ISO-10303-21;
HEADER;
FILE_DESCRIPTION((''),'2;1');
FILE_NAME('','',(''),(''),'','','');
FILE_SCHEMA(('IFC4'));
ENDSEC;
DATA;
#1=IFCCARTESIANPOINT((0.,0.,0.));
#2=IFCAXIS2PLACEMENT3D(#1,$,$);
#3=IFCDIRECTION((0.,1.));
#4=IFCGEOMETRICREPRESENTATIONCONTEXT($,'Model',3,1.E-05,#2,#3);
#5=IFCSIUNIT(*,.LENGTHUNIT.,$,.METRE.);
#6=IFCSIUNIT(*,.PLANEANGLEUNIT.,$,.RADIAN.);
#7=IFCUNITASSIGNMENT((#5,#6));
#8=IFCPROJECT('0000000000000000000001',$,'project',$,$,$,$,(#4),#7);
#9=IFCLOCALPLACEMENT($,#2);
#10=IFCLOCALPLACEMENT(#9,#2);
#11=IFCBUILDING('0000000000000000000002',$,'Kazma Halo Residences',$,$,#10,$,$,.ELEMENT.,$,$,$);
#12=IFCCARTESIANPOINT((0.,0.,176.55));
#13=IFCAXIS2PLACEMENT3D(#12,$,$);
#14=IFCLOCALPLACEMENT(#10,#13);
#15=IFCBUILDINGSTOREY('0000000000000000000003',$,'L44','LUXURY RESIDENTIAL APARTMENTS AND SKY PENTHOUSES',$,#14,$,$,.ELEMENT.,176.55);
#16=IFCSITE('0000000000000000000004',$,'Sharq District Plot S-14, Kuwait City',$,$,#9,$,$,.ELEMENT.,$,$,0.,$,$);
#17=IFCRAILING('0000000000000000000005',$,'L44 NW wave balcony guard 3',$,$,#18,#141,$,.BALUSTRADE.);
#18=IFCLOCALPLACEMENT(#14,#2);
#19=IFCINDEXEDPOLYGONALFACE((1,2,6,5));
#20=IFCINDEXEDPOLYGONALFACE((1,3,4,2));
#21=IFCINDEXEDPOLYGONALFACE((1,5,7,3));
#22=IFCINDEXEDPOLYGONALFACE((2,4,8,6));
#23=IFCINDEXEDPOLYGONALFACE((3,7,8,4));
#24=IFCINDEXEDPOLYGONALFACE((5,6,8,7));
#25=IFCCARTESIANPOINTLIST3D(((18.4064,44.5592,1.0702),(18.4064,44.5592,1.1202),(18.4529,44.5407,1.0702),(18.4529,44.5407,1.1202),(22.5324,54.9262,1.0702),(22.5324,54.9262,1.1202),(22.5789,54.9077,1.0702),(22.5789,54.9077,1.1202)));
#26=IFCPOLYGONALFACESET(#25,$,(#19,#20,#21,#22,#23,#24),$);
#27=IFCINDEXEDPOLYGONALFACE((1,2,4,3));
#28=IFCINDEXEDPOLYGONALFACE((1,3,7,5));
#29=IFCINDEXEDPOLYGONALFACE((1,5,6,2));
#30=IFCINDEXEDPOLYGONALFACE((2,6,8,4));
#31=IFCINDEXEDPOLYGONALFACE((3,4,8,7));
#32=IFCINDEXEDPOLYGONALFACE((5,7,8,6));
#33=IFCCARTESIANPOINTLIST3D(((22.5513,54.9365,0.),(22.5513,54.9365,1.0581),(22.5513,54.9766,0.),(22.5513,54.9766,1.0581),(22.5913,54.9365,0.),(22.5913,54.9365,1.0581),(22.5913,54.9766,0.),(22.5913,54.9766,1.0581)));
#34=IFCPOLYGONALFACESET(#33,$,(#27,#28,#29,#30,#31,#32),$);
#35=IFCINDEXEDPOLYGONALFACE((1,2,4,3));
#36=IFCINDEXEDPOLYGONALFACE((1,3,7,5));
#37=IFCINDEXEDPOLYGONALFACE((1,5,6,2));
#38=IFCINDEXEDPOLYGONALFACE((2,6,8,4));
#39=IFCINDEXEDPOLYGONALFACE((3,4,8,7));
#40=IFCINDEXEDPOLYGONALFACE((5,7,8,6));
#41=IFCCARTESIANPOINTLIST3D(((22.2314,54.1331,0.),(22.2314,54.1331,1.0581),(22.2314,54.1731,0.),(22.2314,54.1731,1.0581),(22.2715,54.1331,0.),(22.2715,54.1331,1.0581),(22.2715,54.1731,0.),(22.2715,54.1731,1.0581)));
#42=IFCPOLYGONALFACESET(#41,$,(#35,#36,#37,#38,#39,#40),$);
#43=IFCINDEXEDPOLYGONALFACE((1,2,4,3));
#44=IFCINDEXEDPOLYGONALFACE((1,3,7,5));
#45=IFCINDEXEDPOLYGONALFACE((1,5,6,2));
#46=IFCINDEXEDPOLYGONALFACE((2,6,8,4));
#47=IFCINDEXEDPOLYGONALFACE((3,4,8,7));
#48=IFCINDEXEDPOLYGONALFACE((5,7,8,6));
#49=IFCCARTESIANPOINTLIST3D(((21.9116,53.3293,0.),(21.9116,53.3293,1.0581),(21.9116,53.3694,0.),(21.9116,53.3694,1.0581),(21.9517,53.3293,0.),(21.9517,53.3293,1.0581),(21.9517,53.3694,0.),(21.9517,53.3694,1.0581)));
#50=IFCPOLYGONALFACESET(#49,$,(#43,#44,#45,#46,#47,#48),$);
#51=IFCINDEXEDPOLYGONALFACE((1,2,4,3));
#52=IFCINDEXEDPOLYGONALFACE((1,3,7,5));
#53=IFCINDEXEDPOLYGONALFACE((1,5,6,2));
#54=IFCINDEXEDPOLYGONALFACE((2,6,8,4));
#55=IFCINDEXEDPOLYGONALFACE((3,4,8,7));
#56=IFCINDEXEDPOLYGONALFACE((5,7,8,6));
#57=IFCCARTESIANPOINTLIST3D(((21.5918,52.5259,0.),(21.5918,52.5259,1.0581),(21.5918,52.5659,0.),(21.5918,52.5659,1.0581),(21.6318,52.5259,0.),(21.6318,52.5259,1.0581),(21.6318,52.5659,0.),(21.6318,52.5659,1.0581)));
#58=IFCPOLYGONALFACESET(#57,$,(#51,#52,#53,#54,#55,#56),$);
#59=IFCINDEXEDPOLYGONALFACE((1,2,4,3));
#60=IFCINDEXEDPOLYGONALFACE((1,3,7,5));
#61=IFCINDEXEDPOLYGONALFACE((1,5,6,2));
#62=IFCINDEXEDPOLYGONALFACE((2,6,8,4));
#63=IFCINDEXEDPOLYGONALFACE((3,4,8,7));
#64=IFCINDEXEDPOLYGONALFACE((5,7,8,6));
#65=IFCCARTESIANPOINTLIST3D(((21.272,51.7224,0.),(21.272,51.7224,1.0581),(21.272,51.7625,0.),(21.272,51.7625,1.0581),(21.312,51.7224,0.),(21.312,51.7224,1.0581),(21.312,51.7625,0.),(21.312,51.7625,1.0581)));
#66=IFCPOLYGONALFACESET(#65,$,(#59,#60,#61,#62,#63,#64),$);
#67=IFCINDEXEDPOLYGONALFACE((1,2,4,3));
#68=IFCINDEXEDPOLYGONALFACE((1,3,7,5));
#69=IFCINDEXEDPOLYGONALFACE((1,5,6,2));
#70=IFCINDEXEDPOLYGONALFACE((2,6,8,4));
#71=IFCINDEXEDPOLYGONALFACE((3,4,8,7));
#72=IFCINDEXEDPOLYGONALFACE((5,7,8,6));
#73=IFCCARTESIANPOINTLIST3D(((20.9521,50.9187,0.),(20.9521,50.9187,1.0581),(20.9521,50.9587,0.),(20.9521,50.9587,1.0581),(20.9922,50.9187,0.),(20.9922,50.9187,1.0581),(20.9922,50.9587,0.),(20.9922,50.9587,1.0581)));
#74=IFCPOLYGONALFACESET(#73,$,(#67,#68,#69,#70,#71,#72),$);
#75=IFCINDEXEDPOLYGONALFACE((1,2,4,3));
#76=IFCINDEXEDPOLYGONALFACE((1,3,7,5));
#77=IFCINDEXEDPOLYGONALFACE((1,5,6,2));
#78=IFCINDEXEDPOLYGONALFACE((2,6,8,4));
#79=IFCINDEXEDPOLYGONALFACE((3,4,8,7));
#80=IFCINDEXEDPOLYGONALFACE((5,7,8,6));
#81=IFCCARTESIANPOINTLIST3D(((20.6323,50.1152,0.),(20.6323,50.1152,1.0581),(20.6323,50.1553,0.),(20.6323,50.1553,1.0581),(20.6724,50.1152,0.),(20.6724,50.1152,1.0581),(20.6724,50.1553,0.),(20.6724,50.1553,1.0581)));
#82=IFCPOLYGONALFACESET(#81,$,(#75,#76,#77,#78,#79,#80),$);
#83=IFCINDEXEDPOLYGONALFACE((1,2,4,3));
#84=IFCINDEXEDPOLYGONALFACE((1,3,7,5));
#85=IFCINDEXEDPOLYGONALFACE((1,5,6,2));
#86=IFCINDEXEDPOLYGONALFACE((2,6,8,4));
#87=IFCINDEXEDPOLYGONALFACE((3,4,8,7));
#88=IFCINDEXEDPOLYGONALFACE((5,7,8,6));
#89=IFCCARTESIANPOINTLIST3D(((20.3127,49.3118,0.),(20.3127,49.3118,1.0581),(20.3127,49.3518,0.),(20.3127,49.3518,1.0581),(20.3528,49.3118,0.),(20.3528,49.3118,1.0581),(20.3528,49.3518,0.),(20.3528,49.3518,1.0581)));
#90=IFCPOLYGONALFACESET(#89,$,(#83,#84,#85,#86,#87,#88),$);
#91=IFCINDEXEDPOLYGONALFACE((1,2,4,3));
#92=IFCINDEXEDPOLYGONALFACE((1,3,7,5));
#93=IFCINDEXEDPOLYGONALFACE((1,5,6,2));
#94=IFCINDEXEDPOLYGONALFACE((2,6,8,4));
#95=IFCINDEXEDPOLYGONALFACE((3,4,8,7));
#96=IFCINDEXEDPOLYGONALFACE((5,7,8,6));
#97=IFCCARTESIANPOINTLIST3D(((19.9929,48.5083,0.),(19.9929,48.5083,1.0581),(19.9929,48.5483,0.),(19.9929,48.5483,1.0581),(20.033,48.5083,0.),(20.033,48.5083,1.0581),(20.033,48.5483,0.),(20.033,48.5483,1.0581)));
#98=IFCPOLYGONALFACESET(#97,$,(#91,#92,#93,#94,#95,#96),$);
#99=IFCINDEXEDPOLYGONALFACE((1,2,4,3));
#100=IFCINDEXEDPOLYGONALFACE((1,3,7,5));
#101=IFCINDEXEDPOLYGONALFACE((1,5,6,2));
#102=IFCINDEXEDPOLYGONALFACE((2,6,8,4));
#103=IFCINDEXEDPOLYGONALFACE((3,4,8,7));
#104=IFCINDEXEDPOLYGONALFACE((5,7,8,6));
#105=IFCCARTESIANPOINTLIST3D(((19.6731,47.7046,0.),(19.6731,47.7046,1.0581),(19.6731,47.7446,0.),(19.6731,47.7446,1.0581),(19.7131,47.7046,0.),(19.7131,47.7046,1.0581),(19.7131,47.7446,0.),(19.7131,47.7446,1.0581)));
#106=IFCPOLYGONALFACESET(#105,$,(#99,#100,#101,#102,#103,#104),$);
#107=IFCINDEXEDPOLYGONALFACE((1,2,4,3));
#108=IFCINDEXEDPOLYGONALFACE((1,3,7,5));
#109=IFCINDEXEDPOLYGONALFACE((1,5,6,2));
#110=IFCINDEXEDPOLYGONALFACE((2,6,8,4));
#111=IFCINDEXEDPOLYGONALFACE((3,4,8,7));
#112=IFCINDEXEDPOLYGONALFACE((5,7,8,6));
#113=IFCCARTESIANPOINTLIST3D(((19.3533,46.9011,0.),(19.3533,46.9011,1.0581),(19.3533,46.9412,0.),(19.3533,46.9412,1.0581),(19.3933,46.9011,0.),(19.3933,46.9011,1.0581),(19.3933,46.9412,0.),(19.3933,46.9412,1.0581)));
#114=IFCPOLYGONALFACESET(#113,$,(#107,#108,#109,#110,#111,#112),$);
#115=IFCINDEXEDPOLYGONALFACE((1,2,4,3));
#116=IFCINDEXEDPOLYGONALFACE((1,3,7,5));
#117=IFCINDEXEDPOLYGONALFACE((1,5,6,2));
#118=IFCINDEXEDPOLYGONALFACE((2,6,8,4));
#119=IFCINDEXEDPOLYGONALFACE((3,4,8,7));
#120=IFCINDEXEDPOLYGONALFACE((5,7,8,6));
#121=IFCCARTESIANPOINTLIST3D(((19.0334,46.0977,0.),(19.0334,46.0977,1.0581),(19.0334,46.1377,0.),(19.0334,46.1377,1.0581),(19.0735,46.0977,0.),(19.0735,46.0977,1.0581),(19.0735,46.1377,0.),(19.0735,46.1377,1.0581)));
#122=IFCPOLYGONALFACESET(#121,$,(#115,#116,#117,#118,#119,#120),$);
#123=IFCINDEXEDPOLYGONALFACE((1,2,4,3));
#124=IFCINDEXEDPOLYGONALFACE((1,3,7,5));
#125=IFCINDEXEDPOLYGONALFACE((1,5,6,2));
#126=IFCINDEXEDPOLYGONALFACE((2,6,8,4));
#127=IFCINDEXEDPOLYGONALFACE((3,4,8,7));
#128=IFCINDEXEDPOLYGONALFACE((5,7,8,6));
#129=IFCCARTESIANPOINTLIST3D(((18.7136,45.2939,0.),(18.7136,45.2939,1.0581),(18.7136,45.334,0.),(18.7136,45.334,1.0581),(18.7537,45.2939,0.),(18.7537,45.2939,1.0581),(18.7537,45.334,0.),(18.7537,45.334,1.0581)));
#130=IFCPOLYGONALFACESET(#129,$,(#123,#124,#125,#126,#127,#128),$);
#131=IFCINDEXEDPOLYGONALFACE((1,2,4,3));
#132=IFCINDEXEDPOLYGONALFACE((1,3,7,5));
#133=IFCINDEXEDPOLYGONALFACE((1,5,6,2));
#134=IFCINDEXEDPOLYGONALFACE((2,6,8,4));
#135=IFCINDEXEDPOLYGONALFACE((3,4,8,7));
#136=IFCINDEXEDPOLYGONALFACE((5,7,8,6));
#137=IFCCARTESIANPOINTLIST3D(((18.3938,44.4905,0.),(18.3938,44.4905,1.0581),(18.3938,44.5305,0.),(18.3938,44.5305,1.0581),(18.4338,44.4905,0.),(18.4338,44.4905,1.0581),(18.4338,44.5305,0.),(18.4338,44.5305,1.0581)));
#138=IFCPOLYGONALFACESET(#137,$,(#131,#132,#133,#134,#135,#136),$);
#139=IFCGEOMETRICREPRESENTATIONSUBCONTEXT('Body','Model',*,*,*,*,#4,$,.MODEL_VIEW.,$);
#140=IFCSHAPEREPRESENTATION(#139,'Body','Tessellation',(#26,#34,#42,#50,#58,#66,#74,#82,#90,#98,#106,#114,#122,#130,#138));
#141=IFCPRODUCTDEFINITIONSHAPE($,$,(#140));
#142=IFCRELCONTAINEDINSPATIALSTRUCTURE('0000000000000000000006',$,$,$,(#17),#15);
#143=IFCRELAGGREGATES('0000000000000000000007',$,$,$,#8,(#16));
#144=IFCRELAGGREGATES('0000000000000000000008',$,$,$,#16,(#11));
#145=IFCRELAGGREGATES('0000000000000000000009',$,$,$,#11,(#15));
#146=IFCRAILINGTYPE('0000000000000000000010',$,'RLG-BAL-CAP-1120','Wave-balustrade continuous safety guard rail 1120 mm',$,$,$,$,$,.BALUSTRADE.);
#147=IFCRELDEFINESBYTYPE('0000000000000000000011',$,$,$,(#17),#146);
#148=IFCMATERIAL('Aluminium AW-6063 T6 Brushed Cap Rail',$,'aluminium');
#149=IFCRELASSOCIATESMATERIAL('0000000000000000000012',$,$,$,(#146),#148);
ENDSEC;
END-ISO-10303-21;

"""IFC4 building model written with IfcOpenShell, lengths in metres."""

from ifc_helpers import new_model, si_unit, direction, frame, origin, origin_2d, place, context, subcontext, project, spatial, rectangle, extrude, material, type_object, element, save


model = new_model("IFC4")

# Units and contexts
model_context = context("Model", 3, precision=1e-05, world=origin(), true_north=direction((0.0, 1.0)))
body_context = subcontext(model_context, "Body", "Model", "MODEL_VIEW")
ifc_project = project(units=[si_unit("LENGTHUNIT", "METRE"), si_unit("PLANEANGLEUNIT", "RADIAN")], contexts=[model_context])

# Site, building, storey
site_placement = place(None, origin())
site = spatial("IfcSite", under=ifc_project, at=site_placement, Name="Sharq District Plot S-14, Kuwait City", CompositionType="ELEMENT", RefElevation=0.0)
building_placement = place(site_placement, origin())
building = spatial("IfcBuilding", under=site, at=building_placement, Name="Kazma Halo Residences", CompositionType="ELEMENT")
storey_placement = place(building_placement, frame((0.0, 0.0, 176.55)))
storey = spatial("IfcBuildingStorey", under=building, at=storey_placement, Name="L44", Description="LUXURY RESIDENTIAL APARTMENTS AND SKY PENTHOUSES", CompositionType="ELEMENT", Elevation=176.55)

# Railing
ifc_material_1 = material(Name="Aluminium AW-6063 T6 Brushed Cap Rail", Category="aluminium")
railing_type = type_object("IfcRailingType", Name="RLG-BAL-CAP-1120", Description="Wave-balustrade continuous safety guard rail 1120 mm", PredefinedType="BALUSTRADE", material=ifc_material_1)
railing_1_placement = place(storey_placement, frame((22.5713, 54.9565, 0.0)))
element("IfcRailing", 1, at=railing_1_placement, inside=storey, type_object=railing_type, Name="L44 NW wave balcony guard 3", PredefinedType="BALUSTRADE", context=body_context, shape_type="SweptSolid", body=[
    extrude(rectangle(XDim=0.05, YDim=0.05, at=origin_2d()), frame((-0.0156, -0.0396, 1.0952), z_axis=(-0.369784, -0.929118, 0.0), x_axis=(0.929118, -0.369784, 0.0)), (0.0, 0.0, 1.0), 11.158),
    extrude(rectangle(XDim=0.04, YDim=0.04, at=origin_2d()), origin(), (0.0, 0.0, 1.0), 1.0581),
    extrude(rectangle(XDim=0.04, YDim=0.04, at=origin_2d()), frame((-0.3198, -0.8035, 0.0)), (0.0, 0.0, 1.0), 1.0581),
    extrude(rectangle(XDim=0.04, YDim=0.04, at=origin_2d()), frame((-0.6396, -1.6072, 0.0)), (0.0, 0.0, 1.0), 1.0581),
    extrude(rectangle(XDim=0.04, YDim=0.04, at=origin_2d()), frame((-0.9595, -2.4106, 0.0)), (0.0, 0.0, 1.0), 1.0581),
    extrude(rectangle(XDim=0.04, YDim=0.04, at=origin_2d()), frame((-1.2793, -3.2141, 0.0)), (0.0, 0.0, 1.0), 1.0581),
    extrude(rectangle(XDim=0.04, YDim=0.04, at=origin_2d()), frame((-1.5991, -4.0178, 0.0)), (0.0, 0.0, 1.0), 1.0581),
    extrude(rectangle(XDim=0.04, YDim=0.04, at=origin_2d()), frame((-1.9189, -4.8213, 0.0)), (0.0, 0.0, 1.0), 1.0581),
    extrude(rectangle(XDim=0.04, YDim=0.04, at=origin_2d()), frame((-2.2385, -5.6248, 0.0)), (0.0, 0.0, 1.0), 1.0581),
    extrude(rectangle(XDim=0.04, YDim=0.04, at=origin_2d()), frame((-2.5583, -6.4282, 0.0)), (0.0, 0.0, 1.0), 1.0581),
    extrude(rectangle(XDim=0.04, YDim=0.04, at=origin_2d()), frame((-2.8782, -7.2319, 0.0)), (0.0, 0.0, 1.0), 1.0581),
    extrude(rectangle(XDim=0.04, YDim=0.04, at=origin_2d()), frame((-3.198, -8.0354, 0.0)), (0.0, 0.0, 1.0), 1.0581),
    extrude(rectangle(XDim=0.04, YDim=0.04, at=origin_2d()), frame((-3.5178, -8.8389, 0.0)), (0.0, 0.0, 1.0), 1.0581),
    extrude(rectangle(XDim=0.04, YDim=0.04, at=origin_2d()), frame((-3.8376, -9.6426, 0.0)), (0.0, 0.0, 1.0), 1.0581),
    extrude(rectangle(XDim=0.04, YDim=0.04, at=origin_2d()), frame((-4.1575, -10.446, 0.0)), (0.0, 0.0, 1.0), 1.0581),
])

save(model, "model.ifc")
